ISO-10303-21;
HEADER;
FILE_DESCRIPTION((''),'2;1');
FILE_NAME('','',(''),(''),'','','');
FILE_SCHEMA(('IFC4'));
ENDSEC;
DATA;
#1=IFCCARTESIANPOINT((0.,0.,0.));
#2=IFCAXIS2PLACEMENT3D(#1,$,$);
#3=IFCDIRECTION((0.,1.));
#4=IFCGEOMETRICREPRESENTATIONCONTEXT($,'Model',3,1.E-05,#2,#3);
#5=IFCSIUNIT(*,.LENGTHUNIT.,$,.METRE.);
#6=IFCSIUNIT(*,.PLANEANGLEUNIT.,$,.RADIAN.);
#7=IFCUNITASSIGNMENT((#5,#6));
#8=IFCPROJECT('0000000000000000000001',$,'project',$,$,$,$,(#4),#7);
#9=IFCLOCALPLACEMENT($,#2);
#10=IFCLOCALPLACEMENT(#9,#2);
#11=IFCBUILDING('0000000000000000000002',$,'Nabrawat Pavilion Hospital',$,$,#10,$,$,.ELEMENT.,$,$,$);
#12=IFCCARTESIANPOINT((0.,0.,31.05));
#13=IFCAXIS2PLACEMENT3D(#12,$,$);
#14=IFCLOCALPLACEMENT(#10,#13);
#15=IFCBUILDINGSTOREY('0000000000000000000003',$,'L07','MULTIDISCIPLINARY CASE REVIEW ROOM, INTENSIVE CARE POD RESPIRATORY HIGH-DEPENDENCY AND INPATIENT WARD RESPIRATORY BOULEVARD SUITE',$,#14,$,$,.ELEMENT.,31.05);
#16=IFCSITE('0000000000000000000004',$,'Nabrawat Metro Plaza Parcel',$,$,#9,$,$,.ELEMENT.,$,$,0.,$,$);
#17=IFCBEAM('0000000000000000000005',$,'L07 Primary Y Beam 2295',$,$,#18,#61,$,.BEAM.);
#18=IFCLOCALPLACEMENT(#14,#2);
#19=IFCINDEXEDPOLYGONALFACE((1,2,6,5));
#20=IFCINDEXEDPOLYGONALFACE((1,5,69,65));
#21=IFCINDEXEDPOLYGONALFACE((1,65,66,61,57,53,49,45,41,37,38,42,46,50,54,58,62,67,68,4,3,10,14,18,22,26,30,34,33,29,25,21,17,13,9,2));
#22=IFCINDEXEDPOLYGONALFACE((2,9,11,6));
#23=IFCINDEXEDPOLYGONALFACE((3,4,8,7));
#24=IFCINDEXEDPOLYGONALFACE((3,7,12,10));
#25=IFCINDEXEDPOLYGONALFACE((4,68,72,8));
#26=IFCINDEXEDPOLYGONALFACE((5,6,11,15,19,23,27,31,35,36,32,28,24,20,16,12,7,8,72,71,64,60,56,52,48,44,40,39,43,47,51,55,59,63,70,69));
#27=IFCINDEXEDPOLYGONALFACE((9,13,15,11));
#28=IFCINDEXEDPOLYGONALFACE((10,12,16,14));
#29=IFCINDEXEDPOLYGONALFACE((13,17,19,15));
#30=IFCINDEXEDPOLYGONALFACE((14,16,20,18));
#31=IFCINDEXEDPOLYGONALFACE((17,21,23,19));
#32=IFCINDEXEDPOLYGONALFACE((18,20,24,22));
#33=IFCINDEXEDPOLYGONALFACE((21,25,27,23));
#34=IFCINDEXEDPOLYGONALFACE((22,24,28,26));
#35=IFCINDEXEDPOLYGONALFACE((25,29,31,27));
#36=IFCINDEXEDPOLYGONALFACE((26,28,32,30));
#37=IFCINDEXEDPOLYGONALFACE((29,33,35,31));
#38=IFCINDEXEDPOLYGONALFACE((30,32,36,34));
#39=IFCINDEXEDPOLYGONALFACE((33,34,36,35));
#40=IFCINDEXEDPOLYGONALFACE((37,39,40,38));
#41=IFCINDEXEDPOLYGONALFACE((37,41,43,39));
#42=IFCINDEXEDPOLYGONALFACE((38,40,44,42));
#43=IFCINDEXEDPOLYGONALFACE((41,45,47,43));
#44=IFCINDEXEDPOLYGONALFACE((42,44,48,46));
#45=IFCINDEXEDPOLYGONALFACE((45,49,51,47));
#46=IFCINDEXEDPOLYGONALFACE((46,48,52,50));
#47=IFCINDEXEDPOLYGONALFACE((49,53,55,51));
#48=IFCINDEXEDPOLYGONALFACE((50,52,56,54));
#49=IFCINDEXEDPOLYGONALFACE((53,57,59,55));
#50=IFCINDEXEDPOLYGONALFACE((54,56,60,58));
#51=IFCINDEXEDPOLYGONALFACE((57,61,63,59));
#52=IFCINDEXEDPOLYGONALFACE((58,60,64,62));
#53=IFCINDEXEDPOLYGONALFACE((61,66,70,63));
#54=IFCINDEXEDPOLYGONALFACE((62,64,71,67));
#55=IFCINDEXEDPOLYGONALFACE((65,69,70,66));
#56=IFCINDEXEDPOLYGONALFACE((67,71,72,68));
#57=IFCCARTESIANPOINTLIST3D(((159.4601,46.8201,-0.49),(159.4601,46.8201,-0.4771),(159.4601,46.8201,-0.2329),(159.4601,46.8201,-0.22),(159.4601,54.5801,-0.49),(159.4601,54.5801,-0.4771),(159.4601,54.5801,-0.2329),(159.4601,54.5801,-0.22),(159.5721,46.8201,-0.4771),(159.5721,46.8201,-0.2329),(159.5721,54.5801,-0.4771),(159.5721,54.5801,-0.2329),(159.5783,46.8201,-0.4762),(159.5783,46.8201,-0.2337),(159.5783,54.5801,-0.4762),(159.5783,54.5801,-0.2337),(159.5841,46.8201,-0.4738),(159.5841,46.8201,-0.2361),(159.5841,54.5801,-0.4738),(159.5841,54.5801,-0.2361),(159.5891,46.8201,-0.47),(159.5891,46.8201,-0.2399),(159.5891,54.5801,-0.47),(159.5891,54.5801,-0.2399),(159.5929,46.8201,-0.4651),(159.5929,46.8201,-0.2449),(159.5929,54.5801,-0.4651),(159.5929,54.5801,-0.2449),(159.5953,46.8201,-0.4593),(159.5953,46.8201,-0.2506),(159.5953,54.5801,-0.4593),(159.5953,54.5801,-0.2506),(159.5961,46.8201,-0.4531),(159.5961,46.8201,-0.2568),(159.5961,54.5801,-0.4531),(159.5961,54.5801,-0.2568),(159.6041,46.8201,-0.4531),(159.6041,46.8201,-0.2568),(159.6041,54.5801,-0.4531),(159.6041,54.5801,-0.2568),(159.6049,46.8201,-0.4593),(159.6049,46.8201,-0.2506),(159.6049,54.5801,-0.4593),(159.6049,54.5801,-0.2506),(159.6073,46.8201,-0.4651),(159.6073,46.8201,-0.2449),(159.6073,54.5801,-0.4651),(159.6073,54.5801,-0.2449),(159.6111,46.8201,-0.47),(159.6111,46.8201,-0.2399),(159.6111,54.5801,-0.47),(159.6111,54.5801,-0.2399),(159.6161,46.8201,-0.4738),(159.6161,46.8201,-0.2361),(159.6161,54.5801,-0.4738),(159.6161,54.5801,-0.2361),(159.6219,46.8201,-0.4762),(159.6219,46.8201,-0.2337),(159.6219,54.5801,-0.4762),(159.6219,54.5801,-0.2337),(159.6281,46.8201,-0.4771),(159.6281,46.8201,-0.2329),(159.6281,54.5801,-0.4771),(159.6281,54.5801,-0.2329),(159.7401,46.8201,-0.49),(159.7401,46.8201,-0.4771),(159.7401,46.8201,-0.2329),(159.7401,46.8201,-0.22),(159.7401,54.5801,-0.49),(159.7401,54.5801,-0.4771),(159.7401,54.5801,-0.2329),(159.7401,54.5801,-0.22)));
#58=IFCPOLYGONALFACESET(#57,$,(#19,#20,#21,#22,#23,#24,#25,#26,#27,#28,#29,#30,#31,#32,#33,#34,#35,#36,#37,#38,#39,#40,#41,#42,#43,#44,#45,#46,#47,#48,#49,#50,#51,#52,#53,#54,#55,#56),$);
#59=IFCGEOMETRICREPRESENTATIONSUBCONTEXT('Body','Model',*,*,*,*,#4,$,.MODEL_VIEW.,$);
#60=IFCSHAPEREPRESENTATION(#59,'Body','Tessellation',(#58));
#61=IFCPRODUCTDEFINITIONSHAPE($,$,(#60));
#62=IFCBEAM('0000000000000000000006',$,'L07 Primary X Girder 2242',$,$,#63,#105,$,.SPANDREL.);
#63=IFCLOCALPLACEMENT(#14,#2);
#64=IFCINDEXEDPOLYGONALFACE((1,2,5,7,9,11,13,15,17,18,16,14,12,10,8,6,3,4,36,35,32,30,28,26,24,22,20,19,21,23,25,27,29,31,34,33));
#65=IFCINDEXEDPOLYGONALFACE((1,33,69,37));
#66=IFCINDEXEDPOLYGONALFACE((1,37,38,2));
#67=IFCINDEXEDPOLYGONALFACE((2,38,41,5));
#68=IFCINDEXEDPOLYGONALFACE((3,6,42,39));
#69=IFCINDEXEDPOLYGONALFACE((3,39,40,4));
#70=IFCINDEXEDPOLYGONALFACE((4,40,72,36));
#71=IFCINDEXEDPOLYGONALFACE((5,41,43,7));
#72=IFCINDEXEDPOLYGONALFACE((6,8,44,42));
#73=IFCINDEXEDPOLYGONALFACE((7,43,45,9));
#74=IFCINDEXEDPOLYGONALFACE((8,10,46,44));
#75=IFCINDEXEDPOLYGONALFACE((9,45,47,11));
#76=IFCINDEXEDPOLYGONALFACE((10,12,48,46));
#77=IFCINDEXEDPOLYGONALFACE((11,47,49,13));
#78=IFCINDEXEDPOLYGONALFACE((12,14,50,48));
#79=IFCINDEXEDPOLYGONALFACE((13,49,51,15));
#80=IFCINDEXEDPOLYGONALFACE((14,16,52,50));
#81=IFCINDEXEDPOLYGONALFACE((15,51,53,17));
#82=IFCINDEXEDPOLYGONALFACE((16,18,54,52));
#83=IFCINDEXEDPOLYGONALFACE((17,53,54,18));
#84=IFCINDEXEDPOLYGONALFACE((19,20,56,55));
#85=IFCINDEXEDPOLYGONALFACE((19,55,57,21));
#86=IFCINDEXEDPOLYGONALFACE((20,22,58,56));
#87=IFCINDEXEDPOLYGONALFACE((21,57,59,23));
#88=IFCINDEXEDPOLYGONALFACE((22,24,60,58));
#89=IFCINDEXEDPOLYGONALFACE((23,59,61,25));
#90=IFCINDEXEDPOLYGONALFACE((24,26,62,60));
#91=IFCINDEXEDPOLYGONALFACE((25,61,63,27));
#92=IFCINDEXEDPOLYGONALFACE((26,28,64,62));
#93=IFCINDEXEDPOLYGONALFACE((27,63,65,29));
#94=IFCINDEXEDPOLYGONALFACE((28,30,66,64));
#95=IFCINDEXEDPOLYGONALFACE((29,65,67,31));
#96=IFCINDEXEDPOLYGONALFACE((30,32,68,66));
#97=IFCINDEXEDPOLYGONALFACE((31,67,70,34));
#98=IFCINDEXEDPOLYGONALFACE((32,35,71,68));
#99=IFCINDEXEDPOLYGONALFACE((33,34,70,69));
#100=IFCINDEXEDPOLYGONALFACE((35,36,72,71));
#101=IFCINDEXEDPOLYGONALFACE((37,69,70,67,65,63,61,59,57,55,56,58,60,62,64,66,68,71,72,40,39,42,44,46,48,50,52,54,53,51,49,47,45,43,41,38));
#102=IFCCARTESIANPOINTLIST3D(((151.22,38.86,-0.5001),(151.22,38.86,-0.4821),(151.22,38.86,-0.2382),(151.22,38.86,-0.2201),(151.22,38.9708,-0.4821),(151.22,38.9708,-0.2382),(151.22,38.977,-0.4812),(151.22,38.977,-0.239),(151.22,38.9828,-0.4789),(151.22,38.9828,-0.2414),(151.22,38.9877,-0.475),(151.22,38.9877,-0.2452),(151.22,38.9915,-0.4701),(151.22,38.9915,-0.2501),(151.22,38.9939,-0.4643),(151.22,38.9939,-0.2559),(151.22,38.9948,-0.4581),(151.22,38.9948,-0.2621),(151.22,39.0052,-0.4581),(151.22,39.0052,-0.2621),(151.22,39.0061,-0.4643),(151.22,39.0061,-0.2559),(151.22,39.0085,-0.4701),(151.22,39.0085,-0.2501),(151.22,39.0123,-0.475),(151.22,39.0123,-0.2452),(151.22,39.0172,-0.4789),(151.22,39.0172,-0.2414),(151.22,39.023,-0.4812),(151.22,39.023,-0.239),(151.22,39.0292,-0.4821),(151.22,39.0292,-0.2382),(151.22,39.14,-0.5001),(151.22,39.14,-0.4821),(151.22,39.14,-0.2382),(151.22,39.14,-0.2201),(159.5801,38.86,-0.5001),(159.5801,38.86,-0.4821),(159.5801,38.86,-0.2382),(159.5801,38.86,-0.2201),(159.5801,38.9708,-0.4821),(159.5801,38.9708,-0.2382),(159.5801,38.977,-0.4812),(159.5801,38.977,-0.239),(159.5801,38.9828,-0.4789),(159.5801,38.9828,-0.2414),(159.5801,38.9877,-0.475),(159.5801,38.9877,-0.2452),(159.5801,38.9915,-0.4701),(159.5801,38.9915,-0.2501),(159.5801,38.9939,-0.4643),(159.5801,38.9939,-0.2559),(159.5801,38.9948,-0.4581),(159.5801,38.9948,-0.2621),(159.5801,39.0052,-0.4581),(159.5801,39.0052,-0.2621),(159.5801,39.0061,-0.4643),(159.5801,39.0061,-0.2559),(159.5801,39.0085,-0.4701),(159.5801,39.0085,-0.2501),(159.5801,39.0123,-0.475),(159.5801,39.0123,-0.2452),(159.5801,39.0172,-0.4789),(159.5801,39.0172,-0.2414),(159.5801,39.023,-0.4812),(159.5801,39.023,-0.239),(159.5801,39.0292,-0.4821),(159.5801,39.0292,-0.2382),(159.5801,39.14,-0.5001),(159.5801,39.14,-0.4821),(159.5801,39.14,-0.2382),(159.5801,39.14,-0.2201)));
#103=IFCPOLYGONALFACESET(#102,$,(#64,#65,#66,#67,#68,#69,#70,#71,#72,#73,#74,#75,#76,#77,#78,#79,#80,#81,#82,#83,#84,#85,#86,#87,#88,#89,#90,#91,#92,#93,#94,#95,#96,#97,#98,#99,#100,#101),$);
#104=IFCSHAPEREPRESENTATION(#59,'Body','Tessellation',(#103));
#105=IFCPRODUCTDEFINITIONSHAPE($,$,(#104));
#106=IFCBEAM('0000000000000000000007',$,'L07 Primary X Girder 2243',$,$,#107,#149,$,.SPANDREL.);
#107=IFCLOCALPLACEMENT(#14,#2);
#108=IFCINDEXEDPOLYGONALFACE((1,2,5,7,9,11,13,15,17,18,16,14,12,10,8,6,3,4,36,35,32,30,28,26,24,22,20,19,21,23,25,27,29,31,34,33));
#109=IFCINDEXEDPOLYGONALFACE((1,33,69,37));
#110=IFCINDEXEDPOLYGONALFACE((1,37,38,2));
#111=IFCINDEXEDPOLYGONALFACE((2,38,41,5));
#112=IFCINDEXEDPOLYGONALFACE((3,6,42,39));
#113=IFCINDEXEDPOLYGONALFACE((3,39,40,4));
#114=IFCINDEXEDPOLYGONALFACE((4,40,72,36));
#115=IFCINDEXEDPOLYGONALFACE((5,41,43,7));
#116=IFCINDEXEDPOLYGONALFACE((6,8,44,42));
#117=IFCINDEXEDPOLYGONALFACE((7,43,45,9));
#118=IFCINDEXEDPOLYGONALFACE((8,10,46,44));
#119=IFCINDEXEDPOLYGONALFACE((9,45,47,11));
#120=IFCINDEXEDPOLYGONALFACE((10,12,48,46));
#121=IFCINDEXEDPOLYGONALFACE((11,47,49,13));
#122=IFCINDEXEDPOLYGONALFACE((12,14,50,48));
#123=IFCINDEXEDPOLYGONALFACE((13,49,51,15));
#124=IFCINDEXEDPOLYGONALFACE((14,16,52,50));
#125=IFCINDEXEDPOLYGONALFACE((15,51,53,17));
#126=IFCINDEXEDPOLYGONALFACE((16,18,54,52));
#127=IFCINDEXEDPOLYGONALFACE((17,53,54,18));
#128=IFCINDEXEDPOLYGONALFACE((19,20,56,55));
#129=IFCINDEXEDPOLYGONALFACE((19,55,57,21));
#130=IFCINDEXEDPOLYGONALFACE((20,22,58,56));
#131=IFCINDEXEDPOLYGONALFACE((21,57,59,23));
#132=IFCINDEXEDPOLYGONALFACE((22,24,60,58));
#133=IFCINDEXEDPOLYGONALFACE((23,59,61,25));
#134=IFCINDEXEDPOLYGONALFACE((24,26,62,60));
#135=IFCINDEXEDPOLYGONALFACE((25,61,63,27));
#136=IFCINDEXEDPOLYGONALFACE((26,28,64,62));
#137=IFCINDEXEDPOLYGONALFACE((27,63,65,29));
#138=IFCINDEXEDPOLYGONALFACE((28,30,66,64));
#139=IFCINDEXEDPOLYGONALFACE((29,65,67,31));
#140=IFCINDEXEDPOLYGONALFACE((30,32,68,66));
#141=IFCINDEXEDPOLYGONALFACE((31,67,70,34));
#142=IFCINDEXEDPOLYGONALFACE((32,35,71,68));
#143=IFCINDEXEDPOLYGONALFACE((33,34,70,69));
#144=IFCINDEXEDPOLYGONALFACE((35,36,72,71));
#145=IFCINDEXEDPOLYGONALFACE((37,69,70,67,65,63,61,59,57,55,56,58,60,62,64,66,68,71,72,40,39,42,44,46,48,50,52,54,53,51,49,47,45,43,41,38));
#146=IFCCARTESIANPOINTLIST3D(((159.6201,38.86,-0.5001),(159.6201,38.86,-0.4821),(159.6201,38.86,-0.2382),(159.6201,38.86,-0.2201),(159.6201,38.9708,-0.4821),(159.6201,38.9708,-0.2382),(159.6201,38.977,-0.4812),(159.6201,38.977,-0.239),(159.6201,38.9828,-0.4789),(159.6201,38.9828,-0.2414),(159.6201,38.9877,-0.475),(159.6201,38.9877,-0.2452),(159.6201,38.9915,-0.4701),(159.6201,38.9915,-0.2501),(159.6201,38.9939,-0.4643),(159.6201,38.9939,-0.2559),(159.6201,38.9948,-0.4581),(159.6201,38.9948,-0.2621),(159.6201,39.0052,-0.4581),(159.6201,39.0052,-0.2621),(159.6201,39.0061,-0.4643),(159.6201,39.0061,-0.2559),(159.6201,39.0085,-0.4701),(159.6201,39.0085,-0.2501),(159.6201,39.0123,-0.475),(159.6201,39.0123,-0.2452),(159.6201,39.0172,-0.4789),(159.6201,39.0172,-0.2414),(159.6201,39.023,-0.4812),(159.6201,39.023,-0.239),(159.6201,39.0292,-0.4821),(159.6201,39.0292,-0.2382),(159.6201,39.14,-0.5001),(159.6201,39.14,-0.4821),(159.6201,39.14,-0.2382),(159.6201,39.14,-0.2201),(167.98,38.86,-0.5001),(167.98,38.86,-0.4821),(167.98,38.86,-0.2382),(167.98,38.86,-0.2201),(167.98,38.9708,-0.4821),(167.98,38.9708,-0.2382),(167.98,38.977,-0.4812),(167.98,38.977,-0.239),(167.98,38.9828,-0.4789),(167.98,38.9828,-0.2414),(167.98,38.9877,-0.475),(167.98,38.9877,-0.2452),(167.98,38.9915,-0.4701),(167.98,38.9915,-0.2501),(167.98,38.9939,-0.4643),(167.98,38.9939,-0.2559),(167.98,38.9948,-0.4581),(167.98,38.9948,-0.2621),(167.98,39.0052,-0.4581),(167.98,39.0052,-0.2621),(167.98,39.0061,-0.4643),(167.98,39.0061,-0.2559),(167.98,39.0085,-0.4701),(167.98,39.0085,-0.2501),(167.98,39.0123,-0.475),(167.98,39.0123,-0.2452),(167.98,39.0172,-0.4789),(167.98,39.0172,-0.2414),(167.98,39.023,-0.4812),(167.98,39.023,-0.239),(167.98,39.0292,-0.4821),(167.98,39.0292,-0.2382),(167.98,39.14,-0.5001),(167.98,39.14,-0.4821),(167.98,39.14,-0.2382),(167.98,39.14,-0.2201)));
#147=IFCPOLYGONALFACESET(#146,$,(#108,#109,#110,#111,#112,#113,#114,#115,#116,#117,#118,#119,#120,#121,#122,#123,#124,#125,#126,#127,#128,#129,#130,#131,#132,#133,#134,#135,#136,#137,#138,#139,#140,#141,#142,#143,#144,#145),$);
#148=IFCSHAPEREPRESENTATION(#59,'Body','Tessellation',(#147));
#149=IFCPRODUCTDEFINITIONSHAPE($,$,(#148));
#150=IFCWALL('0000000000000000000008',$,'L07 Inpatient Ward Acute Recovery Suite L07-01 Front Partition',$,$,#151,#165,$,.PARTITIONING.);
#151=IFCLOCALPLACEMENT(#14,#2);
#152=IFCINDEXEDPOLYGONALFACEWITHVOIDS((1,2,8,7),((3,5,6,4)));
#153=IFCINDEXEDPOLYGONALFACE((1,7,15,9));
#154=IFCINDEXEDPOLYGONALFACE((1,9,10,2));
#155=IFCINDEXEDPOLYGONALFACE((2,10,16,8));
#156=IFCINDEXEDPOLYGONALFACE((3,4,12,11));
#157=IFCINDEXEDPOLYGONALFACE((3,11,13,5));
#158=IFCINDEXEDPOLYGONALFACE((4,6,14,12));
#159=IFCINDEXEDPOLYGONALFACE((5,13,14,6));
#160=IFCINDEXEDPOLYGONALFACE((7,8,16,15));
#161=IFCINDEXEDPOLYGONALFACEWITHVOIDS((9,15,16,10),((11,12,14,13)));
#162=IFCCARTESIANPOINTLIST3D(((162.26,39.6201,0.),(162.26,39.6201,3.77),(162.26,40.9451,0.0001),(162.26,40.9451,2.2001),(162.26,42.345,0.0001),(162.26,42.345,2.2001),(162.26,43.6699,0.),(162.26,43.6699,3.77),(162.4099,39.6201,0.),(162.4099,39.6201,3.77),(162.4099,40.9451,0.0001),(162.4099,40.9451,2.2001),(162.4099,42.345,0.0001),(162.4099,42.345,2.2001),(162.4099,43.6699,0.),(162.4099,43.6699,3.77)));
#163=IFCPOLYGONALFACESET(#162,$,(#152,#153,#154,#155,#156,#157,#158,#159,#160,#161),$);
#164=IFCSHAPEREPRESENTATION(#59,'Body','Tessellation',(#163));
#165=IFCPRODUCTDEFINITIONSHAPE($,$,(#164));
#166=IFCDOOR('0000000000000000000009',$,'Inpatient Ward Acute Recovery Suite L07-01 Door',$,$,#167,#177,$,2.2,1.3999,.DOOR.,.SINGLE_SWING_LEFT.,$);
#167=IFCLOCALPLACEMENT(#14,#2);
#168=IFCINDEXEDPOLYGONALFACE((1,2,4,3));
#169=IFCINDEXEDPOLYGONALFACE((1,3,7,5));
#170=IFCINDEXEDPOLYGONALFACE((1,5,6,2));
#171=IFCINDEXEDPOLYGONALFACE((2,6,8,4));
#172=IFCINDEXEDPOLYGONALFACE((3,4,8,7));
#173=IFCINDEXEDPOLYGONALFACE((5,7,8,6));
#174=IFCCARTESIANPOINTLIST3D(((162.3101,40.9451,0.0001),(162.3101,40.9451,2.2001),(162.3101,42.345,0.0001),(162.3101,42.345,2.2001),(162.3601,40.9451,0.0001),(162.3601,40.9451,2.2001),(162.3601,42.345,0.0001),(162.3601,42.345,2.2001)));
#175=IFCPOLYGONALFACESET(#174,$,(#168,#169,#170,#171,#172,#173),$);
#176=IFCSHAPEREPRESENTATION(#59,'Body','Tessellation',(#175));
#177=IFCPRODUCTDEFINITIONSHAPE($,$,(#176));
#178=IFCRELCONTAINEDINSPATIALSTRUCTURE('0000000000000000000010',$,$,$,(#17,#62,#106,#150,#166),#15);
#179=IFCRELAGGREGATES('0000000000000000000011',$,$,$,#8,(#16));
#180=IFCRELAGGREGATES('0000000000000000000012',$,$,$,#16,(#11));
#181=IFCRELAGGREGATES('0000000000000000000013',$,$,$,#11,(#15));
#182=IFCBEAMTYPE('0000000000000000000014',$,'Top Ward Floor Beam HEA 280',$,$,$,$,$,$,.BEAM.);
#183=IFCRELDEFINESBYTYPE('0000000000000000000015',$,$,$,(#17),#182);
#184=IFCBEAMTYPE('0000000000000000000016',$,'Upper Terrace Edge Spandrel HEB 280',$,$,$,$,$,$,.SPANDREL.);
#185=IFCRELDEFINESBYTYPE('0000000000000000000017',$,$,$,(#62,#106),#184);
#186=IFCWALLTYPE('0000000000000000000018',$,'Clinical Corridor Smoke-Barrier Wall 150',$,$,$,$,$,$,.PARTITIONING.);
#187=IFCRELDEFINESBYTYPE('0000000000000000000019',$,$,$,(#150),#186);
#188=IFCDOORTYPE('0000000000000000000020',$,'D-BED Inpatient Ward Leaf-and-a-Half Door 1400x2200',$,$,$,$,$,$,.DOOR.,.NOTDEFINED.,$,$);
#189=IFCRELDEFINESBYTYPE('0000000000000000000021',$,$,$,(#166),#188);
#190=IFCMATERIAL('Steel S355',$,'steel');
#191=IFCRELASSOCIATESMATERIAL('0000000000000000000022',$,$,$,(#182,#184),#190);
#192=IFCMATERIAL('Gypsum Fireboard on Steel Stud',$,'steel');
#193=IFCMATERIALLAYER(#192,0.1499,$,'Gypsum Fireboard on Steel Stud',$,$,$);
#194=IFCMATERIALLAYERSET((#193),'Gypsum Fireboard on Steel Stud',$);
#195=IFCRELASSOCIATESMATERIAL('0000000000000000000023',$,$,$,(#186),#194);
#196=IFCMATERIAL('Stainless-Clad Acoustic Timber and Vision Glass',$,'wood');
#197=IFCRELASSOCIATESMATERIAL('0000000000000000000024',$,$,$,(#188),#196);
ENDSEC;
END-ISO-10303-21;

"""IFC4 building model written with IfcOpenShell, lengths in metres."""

from ifc_helpers import new_model, si_unit, direction, frame, frame_2d, origin, origin_2d, place, context, subcontext, project, spatial, rectangle, i_section, extrude, material, layer, layer_set, material_profile, profile_set, type_object, element, fill, save


model = new_model("IFC4")

# Units and contexts
model_context = context("Model", 3, precision=1e-05, world=origin(), true_north=direction((0.0, 1.0)))
body_context = subcontext(model_context, "Body", "Model", "MODEL_VIEW")
ifc_project = project(units=[si_unit("LENGTHUNIT", "METRE"), si_unit("PLANEANGLEUNIT", "RADIAN")], contexts=[model_context])

# Site, building, storey
site_placement = place(None, origin())
site = spatial("IfcSite", under=ifc_project, at=site_placement, Name="Nabrawat Metro Plaza Parcel", CompositionType="ELEMENT", RefElevation=0.0)
building_placement = place(site_placement, origin())
building = spatial("IfcBuilding", under=site, at=building_placement, Name="Nabrawat Pavilion Hospital", CompositionType="ELEMENT")
storey_placement = place(building_placement, frame((0.0, 0.0, 31.05)))
storey = spatial("IfcBuildingStorey", under=building, at=storey_placement, Name="L07", Description="MULTIDISCIPLINARY CASE REVIEW ROOM, INTENSIVE CARE POD RESPIRATORY HIGH-DEPENDENCY AND INPATIENT WARD RESPIRATORY BOULEVARD SUITE", CompositionType="ELEMENT", Elevation=31.05)

# Shared definitions
ifc_material_1 = material(Name="Steel S355", Category="steel")

# Beams
ifc_material_profile_1 = material_profile(ifc_material_1, i_section(OverallWidth=0.28, OverallDepth=0.27, WebThickness=0.0081, FlangeThickness=0.0129, FilletRadius=0.0239, at=origin_2d()), Name="HEA 280")
ifc_profile_set_1 = profile_set([ifc_material_profile_1], Name="Steel S355")
beam_type_1 = type_object("IfcBeamType", Name="Top Ward Floor Beam HEA 280", PredefinedType="BEAM", material=ifc_profile_set_1)
for number, where, z_axis, x_axis, name in (
    (1, (159.6001, 46.8201, -0.355), (0.0, 1.0, 0.0), (-1.0, 0.0, 0.0), "L07 Primary Y Beam 2295"),
):
    element("IfcBeam", number, at=place(storey_placement, frame(where, z_axis=z_axis, x_axis=x_axis)), inside=storey, type_object=beam_type_1, Name=name, PredefinedType="BEAM", context=body_context, shape_type="SweptSolid", body=[
        extrude(i_section(OverallWidth=0.28, OverallDepth=0.27, WebThickness=0.0081, FlangeThickness=0.0129, FilletRadius=0.0239, at=origin_2d()), origin(), (0.0, 0.0, 1.0), 7.76),
    ])
ifc_material_profile_2 = material_profile(ifc_material_1, i_section(OverallWidth=0.28, OverallDepth=0.28, WebThickness=0.0105, FlangeThickness=0.0181, FilletRadius=0.0239, at=origin_2d()), Name="HEB 280")
ifc_profile_set_2 = profile_set([ifc_material_profile_2], Name="Steel S355")
beam_type_2 = type_object("IfcBeamType", Name="Upper Terrace Edge Spandrel HEB 280", PredefinedType="SPANDREL", material=ifc_profile_set_2)
beam_1_placement = place(storey_placement, frame((151.22, 39.0, -0.3601), z_axis=(1.0, 0.0, 0.0), x_axis=(0.0, 1.0, 0.0)))
element("IfcBeam", 2, at=beam_1_placement, inside=storey, type_object=beam_type_2, Name="L07 Primary X Girder 2242", PredefinedType="SPANDREL", context=body_context, shape_type="SweptSolid", body=[
    extrude(i_section(OverallWidth=0.28, OverallDepth=0.28, WebThickness=0.0105, FlangeThickness=0.0181, FilletRadius=0.0239, at=origin_2d()), origin(), (0.0, 0.0, 1.0), 8.3601),
])
beam_2_placement = place(storey_placement, frame((159.6201, 39.0, -0.3601), z_axis=(1.0, 0.0, 0.0), x_axis=(0.0, 1.0, 0.0)))
element("IfcBeam", 3, at=beam_2_placement, inside=storey, type_object=beam_type_2, Name="L07 Primary X Girder 2243", PredefinedType="SPANDREL", context=body_context, shape_type="SweptSolid", body=[
    extrude(i_section(OverallWidth=0.28, OverallDepth=0.28, WebThickness=0.0105, FlangeThickness=0.0181, FilletRadius=0.0239, at=origin_2d()), origin(), (0.0, 0.0, 1.0), 8.3599),
])

# Wall, opening, door
ifc_material_2 = material(Name="Gypsum Fireboard on Steel Stud", Category="steel")
ifc_layer_1 = layer(ifc_material_2, 0.1499, Name="Gypsum Fireboard on Steel Stud")
ifc_layer_set_1 = layer_set([ifc_layer_1], Name="Gypsum Fireboard on Steel Stud")
wall_type_1 = type_object("IfcWallType", Name="Clinical Corridor Smoke-Barrier Wall 150", PredefinedType="PARTITIONING", material=ifc_layer_set_1)
ifc_material_3 = material(Name="Stainless-Clad Acoustic Timber and Vision Glass", Category="wood")
wall_1_placement = place(storey_placement, frame((162.335, 39.6201, 0.0), z_axis=(0.0, 0.0, 1.0), x_axis=(0.0, 1.0, 0.0)))
wall_1 = element("IfcWall", 4, at=wall_1_placement, inside=storey, type_object=wall_type_1, Name="L07 Inpatient Ward Acute Recovery Suite L07-01 Front Partition", PredefinedType="PARTITIONING", context=body_context, shape_type="SweptSolid", body=[
    extrude(rectangle(XDim=4.0498, YDim=0.1499, at=frame_2d((2.0249, 0.0))), origin(), (0.0, 0.0, 1.0), 3.77),
])
opening_1_placement = place(wall_1_placement, frame((1.325, 0.0, 0.0)))
opening_1 = element("IfcOpeningElement", 5, at=opening_1_placement, cuts=wall_1, PredefinedType="OPENING", context=body_context, shape_type="SweptSolid", body=[
    extrude(rectangle(XDim=1.3999, YDim=2.2, at=frame_2d((0.7, 1.1001))), frame((0.0, 0.085, 0.0), z_axis=(0.0, -1.0, 0.0), x_axis=(1.0, 0.0, 0.0)), (0.0, 0.0, 1.0), 0.1699),
])
door_type_1 = type_object("IfcDoorType", Name="D-BED Inpatient Ward Leaf-and-a-Half Door 1400x2200", OperationType="NOTDEFINED", PredefinedType="DOOR", material=ifc_material_3)
door_1_placement = place(opening_1_placement, origin())
door_1 = element("IfcDoor", 6, at=door_1_placement, inside=storey, type_object=door_type_1, Name="Inpatient Ward Acute Recovery Suite L07-01 Door", OperationType="SINGLE_SWING_LEFT", OverallHeight=2.2, OverallWidth=1.3999, PredefinedType="DOOR", context=body_context, shape_type="SweptSolid", body=[
    extrude(rectangle(XDim=1.3999, YDim=2.2, at=frame_2d((0.7, 1.1001))), frame((0.0, 0.0249, 0.0), z_axis=(0.0, -1.0, 0.0), x_axis=(1.0, 0.0, 0.0)), (0.0, 0.0, 1.0), 0.05),
])
fill(opening_1, door_1)

save(model, "model.ifc")
